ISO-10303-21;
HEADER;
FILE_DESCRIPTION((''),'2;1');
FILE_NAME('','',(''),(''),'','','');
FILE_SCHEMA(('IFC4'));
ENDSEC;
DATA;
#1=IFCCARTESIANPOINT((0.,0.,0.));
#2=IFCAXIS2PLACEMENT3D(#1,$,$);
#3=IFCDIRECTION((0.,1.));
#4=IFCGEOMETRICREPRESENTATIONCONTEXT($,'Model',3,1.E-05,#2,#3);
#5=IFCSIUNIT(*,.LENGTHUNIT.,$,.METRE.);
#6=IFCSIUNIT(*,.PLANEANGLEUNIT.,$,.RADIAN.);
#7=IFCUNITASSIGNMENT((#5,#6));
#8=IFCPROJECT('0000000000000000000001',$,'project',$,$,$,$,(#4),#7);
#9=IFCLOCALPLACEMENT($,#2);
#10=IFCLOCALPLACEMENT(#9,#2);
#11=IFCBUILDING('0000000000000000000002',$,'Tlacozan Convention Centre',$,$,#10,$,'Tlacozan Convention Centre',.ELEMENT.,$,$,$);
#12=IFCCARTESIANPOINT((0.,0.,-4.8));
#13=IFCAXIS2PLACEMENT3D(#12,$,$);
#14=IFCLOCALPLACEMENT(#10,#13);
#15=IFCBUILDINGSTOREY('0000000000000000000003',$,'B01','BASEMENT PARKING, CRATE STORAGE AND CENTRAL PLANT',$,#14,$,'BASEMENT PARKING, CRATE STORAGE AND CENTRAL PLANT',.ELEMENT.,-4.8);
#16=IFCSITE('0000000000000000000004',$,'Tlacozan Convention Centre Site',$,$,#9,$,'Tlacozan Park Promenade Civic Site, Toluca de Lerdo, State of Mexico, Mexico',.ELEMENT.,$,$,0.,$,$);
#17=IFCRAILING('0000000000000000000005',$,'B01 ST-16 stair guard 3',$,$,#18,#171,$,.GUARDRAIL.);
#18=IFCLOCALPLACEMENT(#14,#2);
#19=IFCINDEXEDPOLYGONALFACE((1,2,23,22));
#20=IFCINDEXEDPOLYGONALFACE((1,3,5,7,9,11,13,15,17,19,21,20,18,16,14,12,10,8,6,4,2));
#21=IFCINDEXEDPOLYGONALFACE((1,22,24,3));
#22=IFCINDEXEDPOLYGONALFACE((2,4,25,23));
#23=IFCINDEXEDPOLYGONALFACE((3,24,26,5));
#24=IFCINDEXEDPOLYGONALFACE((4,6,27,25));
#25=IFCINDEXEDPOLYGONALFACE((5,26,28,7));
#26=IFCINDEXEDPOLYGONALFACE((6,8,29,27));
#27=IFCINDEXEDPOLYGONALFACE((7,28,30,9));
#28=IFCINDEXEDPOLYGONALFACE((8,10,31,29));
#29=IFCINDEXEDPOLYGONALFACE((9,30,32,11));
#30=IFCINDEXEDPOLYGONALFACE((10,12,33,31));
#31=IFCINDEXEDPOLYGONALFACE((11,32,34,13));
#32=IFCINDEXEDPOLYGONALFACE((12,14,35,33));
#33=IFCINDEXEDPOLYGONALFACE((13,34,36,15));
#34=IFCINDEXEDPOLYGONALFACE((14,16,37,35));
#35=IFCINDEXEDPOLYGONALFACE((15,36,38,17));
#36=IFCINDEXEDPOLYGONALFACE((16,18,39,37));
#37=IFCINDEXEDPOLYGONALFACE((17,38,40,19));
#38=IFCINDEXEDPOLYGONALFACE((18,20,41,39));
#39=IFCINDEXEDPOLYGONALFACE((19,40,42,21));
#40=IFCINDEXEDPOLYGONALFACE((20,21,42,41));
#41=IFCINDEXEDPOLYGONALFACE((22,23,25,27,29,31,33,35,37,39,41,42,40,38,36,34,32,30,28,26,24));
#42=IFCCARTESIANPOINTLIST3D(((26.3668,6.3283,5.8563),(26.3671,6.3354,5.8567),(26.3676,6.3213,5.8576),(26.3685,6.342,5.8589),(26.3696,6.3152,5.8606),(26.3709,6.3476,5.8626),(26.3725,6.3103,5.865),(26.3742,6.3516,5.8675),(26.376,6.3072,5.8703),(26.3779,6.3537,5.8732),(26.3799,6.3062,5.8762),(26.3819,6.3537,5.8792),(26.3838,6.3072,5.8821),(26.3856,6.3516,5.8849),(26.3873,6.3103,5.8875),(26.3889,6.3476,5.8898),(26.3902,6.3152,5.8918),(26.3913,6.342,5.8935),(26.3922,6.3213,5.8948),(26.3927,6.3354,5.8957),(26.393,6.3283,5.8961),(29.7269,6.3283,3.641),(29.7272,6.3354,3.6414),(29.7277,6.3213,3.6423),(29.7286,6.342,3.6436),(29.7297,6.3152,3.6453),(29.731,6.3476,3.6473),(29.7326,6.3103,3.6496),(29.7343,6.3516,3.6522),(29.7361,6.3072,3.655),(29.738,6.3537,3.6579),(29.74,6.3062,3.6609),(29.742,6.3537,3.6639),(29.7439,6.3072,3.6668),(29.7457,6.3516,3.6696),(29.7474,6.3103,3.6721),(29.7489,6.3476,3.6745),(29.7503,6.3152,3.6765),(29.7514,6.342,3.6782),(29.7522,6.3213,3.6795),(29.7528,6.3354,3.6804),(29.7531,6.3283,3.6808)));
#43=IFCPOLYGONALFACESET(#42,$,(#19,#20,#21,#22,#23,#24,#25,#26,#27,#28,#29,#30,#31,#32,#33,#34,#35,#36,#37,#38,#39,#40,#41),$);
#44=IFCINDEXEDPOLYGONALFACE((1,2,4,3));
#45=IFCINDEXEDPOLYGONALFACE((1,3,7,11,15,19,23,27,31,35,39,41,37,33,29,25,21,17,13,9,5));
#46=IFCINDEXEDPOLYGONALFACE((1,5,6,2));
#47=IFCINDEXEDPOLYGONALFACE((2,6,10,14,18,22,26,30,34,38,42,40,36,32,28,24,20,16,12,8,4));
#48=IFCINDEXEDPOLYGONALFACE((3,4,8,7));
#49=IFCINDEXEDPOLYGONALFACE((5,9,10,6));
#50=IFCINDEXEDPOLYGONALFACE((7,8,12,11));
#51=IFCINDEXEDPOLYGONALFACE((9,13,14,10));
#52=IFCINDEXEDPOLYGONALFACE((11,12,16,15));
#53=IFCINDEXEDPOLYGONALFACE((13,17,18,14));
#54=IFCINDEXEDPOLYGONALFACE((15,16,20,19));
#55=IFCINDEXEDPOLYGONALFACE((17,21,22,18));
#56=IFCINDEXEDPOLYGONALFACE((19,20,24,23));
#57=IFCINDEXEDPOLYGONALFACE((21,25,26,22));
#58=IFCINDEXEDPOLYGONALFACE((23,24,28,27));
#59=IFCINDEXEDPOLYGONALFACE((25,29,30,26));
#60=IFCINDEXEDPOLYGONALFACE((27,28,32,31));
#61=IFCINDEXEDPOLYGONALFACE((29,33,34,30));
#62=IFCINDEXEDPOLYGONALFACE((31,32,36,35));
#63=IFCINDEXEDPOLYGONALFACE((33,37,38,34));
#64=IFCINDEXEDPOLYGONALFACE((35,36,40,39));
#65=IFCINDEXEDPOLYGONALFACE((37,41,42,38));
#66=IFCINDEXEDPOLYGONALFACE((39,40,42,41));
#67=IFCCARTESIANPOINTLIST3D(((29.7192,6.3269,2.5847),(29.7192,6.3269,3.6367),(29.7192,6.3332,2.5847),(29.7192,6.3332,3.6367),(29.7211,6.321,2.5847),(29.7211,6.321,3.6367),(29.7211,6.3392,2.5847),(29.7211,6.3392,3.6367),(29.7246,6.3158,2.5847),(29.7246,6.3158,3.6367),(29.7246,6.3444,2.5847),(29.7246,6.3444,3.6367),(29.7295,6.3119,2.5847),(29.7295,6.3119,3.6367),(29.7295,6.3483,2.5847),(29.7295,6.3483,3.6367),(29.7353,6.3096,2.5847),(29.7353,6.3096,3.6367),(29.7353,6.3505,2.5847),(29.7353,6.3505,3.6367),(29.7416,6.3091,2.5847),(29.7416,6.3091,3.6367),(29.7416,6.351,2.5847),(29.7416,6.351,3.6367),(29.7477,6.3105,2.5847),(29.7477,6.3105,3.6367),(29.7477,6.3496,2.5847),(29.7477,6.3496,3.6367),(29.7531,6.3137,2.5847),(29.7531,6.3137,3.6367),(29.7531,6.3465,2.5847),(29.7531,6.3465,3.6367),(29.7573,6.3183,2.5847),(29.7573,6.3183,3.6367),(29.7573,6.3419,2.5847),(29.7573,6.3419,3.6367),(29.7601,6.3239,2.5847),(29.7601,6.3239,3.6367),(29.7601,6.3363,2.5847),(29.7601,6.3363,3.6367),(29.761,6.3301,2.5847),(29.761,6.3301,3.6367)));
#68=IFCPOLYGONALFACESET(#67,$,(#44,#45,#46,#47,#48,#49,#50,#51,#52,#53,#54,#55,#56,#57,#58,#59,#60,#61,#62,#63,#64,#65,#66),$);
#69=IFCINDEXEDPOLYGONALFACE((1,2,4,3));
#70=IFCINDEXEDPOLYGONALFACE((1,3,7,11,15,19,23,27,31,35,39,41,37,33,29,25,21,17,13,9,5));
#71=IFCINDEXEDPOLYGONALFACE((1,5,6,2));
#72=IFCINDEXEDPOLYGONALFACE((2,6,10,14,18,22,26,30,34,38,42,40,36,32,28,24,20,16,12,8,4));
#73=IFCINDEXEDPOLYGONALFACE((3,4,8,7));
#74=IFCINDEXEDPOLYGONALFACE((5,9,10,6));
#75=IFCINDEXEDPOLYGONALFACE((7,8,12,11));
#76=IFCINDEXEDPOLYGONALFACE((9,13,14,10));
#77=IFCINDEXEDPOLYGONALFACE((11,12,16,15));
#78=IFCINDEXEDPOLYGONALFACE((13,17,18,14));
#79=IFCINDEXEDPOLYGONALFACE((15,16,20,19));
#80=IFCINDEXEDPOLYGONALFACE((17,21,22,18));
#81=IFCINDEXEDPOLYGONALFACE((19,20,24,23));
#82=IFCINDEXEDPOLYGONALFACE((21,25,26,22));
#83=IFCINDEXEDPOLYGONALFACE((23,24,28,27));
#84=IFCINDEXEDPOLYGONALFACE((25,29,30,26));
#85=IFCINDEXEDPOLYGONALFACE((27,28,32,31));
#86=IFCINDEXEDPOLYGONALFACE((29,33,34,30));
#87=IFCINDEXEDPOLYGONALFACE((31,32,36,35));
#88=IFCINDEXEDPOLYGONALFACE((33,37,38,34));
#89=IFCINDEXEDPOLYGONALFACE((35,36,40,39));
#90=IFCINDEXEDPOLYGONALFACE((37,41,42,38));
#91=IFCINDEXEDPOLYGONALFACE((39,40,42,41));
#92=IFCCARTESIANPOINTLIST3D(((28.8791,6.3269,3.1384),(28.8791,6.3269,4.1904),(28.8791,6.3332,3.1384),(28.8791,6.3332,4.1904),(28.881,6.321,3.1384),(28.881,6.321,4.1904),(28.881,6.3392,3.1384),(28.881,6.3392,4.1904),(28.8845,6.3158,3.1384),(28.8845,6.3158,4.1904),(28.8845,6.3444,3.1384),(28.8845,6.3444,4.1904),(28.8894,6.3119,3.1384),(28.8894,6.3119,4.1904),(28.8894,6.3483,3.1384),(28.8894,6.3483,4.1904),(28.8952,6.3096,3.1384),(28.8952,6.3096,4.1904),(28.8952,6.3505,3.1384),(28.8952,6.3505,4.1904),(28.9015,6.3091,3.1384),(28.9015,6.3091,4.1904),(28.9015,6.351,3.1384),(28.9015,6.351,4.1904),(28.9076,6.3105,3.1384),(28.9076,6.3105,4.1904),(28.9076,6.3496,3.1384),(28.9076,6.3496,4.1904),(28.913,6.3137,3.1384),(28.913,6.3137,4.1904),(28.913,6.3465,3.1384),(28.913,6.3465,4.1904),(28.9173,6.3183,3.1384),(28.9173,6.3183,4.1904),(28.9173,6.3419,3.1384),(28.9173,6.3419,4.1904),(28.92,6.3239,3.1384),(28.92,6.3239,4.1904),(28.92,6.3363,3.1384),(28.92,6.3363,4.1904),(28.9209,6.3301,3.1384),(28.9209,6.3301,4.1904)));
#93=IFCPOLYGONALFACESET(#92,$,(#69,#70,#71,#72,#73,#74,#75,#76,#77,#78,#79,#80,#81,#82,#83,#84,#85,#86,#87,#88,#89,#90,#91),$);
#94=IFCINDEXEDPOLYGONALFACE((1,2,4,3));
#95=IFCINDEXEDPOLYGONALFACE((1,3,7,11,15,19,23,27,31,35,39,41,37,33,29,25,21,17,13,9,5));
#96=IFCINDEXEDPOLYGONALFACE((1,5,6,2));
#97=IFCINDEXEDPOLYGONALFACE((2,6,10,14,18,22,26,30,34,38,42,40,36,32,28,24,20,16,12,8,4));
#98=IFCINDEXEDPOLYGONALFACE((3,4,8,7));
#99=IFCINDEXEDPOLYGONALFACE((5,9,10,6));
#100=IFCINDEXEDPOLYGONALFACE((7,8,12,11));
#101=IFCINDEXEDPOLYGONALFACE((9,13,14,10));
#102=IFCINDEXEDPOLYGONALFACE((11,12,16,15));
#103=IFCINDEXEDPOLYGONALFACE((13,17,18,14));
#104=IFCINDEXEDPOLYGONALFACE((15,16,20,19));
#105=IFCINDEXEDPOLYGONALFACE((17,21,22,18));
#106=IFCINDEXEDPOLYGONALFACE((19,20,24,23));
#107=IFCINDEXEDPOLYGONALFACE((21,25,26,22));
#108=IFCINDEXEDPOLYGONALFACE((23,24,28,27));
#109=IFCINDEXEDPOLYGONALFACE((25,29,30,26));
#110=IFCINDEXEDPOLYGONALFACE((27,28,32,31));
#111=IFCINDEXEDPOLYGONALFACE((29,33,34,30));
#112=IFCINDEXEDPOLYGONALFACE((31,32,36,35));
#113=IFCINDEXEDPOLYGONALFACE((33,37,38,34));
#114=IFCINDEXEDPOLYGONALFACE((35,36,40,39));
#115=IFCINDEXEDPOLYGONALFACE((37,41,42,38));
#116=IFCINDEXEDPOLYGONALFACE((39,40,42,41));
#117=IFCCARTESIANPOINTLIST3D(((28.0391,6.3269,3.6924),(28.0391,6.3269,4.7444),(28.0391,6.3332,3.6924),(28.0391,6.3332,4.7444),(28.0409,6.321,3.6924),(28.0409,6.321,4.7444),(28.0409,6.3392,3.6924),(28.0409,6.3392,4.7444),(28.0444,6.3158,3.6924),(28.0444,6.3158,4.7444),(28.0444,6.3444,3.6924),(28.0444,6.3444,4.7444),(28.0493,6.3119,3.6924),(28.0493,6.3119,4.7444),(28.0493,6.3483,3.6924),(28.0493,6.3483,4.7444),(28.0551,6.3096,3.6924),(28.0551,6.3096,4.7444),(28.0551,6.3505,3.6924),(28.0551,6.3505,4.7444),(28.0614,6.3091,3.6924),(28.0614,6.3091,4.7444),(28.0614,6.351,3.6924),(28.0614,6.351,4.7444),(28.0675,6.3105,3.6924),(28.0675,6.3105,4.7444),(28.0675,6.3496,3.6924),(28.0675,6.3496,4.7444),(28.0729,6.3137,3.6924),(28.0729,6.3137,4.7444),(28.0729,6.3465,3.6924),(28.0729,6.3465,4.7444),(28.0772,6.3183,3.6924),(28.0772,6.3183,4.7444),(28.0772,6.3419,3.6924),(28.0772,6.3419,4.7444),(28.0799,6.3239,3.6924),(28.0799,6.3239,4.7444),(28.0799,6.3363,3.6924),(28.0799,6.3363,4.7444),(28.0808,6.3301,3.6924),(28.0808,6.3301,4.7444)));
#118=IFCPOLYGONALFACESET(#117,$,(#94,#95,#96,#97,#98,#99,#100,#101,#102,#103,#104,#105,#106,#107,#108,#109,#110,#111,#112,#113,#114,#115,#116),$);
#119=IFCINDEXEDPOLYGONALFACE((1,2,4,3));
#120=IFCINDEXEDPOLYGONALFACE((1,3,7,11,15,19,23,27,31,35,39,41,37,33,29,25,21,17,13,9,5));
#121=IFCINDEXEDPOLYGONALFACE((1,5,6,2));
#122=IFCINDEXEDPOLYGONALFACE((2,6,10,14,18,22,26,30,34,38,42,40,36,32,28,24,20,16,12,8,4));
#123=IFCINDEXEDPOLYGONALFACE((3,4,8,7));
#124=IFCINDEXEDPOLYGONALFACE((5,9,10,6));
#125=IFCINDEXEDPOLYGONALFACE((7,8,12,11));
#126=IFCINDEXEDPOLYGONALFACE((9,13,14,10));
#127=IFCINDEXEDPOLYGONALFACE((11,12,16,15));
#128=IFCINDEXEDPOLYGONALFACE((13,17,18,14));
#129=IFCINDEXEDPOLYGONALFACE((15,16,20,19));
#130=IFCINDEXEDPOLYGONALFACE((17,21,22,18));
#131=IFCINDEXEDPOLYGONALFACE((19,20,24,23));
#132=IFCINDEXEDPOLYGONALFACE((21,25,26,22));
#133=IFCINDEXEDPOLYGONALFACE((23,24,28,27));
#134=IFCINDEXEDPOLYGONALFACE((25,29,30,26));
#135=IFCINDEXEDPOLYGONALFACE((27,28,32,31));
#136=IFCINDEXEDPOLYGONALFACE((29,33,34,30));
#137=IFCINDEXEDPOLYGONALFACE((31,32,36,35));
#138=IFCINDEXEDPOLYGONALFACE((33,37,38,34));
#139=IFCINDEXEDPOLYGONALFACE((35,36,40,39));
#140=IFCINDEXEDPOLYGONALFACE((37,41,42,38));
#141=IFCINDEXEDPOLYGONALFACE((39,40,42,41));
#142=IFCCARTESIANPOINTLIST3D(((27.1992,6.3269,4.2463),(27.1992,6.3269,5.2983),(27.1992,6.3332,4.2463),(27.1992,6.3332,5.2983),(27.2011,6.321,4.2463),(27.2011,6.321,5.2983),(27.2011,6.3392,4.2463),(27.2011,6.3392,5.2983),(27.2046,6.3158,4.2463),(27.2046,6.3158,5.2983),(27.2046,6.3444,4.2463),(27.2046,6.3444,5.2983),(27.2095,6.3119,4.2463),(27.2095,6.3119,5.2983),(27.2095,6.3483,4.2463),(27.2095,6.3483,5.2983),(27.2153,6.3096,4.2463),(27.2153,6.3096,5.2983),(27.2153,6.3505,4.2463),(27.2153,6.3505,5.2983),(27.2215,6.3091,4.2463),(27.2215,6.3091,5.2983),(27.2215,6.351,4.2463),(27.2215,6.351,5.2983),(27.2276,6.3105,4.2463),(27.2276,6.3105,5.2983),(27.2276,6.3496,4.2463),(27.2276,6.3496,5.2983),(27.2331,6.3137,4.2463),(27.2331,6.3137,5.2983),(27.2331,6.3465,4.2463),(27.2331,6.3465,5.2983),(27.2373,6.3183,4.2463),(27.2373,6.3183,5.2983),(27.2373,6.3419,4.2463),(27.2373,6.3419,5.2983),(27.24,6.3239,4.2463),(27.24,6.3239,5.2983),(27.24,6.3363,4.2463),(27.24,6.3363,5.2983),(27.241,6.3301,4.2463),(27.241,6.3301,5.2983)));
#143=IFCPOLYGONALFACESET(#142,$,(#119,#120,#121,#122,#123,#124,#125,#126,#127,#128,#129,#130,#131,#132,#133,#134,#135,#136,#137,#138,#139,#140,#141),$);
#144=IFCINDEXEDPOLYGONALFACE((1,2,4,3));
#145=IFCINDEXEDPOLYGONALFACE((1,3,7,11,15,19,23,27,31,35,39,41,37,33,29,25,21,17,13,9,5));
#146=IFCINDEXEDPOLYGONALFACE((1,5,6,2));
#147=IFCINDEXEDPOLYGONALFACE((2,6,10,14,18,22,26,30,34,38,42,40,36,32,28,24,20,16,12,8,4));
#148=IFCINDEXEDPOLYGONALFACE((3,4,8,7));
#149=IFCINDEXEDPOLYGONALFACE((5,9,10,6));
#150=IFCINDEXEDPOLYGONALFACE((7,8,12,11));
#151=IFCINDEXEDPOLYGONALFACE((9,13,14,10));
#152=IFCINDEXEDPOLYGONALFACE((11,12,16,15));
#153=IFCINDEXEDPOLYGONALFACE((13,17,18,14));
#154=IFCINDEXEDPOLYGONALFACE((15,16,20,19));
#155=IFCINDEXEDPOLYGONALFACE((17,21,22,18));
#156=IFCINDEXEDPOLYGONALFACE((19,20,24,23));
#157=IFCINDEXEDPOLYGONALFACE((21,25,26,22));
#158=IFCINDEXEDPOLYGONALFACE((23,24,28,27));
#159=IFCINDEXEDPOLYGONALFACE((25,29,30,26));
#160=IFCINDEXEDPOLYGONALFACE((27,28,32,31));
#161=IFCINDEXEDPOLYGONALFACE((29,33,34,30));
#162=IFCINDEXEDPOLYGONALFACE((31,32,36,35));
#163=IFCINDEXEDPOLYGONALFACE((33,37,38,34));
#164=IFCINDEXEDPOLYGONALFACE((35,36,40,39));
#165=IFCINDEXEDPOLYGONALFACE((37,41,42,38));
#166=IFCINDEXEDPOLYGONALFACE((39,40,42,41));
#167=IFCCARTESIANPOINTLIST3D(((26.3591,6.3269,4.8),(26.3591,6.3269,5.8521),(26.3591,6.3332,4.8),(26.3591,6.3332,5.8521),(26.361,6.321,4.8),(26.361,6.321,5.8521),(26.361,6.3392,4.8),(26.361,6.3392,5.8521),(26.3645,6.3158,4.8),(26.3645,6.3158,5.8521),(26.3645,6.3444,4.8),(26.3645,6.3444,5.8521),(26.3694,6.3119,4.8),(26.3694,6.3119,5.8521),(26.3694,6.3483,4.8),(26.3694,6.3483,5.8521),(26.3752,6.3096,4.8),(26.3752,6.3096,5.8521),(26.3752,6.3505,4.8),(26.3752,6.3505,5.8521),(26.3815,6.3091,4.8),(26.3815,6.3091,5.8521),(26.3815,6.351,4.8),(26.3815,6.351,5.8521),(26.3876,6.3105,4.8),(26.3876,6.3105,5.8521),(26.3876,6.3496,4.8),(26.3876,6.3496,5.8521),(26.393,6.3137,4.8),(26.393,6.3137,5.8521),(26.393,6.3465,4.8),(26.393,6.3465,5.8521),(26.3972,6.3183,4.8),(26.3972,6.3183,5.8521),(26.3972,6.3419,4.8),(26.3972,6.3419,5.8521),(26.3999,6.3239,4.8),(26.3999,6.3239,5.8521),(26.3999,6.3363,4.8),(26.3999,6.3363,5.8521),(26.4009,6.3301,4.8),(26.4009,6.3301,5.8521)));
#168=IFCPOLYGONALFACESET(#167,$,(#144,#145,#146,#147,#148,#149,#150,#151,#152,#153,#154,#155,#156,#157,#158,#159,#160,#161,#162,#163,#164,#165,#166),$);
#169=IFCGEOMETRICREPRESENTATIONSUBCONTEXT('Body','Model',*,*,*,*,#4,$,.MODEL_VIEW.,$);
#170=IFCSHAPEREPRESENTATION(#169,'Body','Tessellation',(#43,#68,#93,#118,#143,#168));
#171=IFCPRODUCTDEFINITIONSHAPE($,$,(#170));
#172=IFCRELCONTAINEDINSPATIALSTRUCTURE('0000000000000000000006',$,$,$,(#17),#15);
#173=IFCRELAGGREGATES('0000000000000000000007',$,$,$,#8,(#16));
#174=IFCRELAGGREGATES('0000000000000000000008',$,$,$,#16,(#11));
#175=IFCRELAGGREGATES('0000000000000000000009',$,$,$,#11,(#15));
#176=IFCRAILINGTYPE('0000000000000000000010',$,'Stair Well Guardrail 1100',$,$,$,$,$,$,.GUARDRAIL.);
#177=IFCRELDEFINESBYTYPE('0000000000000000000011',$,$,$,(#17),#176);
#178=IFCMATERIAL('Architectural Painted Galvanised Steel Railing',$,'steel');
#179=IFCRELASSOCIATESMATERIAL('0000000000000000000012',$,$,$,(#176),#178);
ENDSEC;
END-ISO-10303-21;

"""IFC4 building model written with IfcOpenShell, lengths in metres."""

from ifc_helpers import new_model, si_unit, direction, frame, origin, origin_2d, place, context, subcontext, project, spatial, circle, extrude, material, type_object, element, save


model = new_model("IFC4")

# Units and contexts
model_context = context("Model", 3, precision=1e-05, world=origin(), true_north=direction((0.0, 1.0)))
body_context = subcontext(model_context, "Body", "Model", "MODEL_VIEW")
ifc_project = project(units=[si_unit("LENGTHUNIT", "METRE"), si_unit("PLANEANGLEUNIT", "RADIAN")], contexts=[model_context])

# Site, building, storey
site_placement = place(None, origin())
site = spatial("IfcSite", under=ifc_project, at=site_placement, Name="Tlacozan Convention Centre Site", LongName="Tlacozan Park Promenade Civic Site, Toluca de Lerdo, State of Mexico, Mexico", CompositionType="ELEMENT", RefElevation=0.0)
building_placement = place(site_placement, origin())
building = spatial("IfcBuilding", under=site, at=building_placement, Name="Tlacozan Convention Centre", LongName="Tlacozan Convention Centre", CompositionType="ELEMENT")
storey_placement = place(building_placement, frame((0.0, 0.0, -4.8)))
storey = spatial("IfcBuildingStorey", under=building, at=storey_placement, Name="B01", Description="BASEMENT PARKING, CRATE STORAGE AND CENTRAL PLANT", LongName="BASEMENT PARKING, CRATE STORAGE AND CENTRAL PLANT", CompositionType="ELEMENT", Elevation=-4.8)

# Railing
ifc_material_1 = material(Name="Architectural Painted Galvanised Steel Railing", Category="steel")
railing_type_1 = type_object("IfcRailingType", Name="Stair Well Guardrail 1100", PredefinedType="GUARDRAIL", material=ifc_material_1)
railing_1_placement = place(storey_placement, frame((29.74, 6.3301, 2.5847)))
element("IfcRailing", 1, at=railing_1_placement, inside=storey, type_object=railing_type_1, Name="B01 ST-16 stair guard 3", PredefinedType="GUARDRAIL", context=body_context, shape_type="SweptSolid", body=[
    extrude(circle(Radius=0.0239, at=origin_2d()), frame((0.0, 0.0, 1.0762), z_axis=(-0.834876, 0.0, 0.550437), x_axis=(0.0, -1.0, 0.0)), (0.0, 0.0, 1.0), 4.0247),
    extrude(circle(Radius=0.021, at=origin_2d()), origin(), (0.0, 0.0, 1.0), 1.052),
    extrude(circle(Radius=0.021, at=origin_2d()), frame((-0.8401, 0.0, 0.5537)), (0.0, 0.0, 1.0), 1.052),
    extrude(circle(Radius=0.021, at=origin_2d()), frame((-1.6802, 0.0, 1.1077)), (0.0, 0.0, 1.0), 1.052),
    extrude(circle(Radius=0.021, at=origin_2d()), frame((-2.52, 0.0, 1.6616)), (0.0, 0.0, 1.0), 1.052),
    extrude(circle(Radius=0.021, at=origin_2d()), frame((-3.3601, 0.0, 2.2153)), (0.0, 0.0, 1.0), 1.052),
])

save(model, "model.ifc")
